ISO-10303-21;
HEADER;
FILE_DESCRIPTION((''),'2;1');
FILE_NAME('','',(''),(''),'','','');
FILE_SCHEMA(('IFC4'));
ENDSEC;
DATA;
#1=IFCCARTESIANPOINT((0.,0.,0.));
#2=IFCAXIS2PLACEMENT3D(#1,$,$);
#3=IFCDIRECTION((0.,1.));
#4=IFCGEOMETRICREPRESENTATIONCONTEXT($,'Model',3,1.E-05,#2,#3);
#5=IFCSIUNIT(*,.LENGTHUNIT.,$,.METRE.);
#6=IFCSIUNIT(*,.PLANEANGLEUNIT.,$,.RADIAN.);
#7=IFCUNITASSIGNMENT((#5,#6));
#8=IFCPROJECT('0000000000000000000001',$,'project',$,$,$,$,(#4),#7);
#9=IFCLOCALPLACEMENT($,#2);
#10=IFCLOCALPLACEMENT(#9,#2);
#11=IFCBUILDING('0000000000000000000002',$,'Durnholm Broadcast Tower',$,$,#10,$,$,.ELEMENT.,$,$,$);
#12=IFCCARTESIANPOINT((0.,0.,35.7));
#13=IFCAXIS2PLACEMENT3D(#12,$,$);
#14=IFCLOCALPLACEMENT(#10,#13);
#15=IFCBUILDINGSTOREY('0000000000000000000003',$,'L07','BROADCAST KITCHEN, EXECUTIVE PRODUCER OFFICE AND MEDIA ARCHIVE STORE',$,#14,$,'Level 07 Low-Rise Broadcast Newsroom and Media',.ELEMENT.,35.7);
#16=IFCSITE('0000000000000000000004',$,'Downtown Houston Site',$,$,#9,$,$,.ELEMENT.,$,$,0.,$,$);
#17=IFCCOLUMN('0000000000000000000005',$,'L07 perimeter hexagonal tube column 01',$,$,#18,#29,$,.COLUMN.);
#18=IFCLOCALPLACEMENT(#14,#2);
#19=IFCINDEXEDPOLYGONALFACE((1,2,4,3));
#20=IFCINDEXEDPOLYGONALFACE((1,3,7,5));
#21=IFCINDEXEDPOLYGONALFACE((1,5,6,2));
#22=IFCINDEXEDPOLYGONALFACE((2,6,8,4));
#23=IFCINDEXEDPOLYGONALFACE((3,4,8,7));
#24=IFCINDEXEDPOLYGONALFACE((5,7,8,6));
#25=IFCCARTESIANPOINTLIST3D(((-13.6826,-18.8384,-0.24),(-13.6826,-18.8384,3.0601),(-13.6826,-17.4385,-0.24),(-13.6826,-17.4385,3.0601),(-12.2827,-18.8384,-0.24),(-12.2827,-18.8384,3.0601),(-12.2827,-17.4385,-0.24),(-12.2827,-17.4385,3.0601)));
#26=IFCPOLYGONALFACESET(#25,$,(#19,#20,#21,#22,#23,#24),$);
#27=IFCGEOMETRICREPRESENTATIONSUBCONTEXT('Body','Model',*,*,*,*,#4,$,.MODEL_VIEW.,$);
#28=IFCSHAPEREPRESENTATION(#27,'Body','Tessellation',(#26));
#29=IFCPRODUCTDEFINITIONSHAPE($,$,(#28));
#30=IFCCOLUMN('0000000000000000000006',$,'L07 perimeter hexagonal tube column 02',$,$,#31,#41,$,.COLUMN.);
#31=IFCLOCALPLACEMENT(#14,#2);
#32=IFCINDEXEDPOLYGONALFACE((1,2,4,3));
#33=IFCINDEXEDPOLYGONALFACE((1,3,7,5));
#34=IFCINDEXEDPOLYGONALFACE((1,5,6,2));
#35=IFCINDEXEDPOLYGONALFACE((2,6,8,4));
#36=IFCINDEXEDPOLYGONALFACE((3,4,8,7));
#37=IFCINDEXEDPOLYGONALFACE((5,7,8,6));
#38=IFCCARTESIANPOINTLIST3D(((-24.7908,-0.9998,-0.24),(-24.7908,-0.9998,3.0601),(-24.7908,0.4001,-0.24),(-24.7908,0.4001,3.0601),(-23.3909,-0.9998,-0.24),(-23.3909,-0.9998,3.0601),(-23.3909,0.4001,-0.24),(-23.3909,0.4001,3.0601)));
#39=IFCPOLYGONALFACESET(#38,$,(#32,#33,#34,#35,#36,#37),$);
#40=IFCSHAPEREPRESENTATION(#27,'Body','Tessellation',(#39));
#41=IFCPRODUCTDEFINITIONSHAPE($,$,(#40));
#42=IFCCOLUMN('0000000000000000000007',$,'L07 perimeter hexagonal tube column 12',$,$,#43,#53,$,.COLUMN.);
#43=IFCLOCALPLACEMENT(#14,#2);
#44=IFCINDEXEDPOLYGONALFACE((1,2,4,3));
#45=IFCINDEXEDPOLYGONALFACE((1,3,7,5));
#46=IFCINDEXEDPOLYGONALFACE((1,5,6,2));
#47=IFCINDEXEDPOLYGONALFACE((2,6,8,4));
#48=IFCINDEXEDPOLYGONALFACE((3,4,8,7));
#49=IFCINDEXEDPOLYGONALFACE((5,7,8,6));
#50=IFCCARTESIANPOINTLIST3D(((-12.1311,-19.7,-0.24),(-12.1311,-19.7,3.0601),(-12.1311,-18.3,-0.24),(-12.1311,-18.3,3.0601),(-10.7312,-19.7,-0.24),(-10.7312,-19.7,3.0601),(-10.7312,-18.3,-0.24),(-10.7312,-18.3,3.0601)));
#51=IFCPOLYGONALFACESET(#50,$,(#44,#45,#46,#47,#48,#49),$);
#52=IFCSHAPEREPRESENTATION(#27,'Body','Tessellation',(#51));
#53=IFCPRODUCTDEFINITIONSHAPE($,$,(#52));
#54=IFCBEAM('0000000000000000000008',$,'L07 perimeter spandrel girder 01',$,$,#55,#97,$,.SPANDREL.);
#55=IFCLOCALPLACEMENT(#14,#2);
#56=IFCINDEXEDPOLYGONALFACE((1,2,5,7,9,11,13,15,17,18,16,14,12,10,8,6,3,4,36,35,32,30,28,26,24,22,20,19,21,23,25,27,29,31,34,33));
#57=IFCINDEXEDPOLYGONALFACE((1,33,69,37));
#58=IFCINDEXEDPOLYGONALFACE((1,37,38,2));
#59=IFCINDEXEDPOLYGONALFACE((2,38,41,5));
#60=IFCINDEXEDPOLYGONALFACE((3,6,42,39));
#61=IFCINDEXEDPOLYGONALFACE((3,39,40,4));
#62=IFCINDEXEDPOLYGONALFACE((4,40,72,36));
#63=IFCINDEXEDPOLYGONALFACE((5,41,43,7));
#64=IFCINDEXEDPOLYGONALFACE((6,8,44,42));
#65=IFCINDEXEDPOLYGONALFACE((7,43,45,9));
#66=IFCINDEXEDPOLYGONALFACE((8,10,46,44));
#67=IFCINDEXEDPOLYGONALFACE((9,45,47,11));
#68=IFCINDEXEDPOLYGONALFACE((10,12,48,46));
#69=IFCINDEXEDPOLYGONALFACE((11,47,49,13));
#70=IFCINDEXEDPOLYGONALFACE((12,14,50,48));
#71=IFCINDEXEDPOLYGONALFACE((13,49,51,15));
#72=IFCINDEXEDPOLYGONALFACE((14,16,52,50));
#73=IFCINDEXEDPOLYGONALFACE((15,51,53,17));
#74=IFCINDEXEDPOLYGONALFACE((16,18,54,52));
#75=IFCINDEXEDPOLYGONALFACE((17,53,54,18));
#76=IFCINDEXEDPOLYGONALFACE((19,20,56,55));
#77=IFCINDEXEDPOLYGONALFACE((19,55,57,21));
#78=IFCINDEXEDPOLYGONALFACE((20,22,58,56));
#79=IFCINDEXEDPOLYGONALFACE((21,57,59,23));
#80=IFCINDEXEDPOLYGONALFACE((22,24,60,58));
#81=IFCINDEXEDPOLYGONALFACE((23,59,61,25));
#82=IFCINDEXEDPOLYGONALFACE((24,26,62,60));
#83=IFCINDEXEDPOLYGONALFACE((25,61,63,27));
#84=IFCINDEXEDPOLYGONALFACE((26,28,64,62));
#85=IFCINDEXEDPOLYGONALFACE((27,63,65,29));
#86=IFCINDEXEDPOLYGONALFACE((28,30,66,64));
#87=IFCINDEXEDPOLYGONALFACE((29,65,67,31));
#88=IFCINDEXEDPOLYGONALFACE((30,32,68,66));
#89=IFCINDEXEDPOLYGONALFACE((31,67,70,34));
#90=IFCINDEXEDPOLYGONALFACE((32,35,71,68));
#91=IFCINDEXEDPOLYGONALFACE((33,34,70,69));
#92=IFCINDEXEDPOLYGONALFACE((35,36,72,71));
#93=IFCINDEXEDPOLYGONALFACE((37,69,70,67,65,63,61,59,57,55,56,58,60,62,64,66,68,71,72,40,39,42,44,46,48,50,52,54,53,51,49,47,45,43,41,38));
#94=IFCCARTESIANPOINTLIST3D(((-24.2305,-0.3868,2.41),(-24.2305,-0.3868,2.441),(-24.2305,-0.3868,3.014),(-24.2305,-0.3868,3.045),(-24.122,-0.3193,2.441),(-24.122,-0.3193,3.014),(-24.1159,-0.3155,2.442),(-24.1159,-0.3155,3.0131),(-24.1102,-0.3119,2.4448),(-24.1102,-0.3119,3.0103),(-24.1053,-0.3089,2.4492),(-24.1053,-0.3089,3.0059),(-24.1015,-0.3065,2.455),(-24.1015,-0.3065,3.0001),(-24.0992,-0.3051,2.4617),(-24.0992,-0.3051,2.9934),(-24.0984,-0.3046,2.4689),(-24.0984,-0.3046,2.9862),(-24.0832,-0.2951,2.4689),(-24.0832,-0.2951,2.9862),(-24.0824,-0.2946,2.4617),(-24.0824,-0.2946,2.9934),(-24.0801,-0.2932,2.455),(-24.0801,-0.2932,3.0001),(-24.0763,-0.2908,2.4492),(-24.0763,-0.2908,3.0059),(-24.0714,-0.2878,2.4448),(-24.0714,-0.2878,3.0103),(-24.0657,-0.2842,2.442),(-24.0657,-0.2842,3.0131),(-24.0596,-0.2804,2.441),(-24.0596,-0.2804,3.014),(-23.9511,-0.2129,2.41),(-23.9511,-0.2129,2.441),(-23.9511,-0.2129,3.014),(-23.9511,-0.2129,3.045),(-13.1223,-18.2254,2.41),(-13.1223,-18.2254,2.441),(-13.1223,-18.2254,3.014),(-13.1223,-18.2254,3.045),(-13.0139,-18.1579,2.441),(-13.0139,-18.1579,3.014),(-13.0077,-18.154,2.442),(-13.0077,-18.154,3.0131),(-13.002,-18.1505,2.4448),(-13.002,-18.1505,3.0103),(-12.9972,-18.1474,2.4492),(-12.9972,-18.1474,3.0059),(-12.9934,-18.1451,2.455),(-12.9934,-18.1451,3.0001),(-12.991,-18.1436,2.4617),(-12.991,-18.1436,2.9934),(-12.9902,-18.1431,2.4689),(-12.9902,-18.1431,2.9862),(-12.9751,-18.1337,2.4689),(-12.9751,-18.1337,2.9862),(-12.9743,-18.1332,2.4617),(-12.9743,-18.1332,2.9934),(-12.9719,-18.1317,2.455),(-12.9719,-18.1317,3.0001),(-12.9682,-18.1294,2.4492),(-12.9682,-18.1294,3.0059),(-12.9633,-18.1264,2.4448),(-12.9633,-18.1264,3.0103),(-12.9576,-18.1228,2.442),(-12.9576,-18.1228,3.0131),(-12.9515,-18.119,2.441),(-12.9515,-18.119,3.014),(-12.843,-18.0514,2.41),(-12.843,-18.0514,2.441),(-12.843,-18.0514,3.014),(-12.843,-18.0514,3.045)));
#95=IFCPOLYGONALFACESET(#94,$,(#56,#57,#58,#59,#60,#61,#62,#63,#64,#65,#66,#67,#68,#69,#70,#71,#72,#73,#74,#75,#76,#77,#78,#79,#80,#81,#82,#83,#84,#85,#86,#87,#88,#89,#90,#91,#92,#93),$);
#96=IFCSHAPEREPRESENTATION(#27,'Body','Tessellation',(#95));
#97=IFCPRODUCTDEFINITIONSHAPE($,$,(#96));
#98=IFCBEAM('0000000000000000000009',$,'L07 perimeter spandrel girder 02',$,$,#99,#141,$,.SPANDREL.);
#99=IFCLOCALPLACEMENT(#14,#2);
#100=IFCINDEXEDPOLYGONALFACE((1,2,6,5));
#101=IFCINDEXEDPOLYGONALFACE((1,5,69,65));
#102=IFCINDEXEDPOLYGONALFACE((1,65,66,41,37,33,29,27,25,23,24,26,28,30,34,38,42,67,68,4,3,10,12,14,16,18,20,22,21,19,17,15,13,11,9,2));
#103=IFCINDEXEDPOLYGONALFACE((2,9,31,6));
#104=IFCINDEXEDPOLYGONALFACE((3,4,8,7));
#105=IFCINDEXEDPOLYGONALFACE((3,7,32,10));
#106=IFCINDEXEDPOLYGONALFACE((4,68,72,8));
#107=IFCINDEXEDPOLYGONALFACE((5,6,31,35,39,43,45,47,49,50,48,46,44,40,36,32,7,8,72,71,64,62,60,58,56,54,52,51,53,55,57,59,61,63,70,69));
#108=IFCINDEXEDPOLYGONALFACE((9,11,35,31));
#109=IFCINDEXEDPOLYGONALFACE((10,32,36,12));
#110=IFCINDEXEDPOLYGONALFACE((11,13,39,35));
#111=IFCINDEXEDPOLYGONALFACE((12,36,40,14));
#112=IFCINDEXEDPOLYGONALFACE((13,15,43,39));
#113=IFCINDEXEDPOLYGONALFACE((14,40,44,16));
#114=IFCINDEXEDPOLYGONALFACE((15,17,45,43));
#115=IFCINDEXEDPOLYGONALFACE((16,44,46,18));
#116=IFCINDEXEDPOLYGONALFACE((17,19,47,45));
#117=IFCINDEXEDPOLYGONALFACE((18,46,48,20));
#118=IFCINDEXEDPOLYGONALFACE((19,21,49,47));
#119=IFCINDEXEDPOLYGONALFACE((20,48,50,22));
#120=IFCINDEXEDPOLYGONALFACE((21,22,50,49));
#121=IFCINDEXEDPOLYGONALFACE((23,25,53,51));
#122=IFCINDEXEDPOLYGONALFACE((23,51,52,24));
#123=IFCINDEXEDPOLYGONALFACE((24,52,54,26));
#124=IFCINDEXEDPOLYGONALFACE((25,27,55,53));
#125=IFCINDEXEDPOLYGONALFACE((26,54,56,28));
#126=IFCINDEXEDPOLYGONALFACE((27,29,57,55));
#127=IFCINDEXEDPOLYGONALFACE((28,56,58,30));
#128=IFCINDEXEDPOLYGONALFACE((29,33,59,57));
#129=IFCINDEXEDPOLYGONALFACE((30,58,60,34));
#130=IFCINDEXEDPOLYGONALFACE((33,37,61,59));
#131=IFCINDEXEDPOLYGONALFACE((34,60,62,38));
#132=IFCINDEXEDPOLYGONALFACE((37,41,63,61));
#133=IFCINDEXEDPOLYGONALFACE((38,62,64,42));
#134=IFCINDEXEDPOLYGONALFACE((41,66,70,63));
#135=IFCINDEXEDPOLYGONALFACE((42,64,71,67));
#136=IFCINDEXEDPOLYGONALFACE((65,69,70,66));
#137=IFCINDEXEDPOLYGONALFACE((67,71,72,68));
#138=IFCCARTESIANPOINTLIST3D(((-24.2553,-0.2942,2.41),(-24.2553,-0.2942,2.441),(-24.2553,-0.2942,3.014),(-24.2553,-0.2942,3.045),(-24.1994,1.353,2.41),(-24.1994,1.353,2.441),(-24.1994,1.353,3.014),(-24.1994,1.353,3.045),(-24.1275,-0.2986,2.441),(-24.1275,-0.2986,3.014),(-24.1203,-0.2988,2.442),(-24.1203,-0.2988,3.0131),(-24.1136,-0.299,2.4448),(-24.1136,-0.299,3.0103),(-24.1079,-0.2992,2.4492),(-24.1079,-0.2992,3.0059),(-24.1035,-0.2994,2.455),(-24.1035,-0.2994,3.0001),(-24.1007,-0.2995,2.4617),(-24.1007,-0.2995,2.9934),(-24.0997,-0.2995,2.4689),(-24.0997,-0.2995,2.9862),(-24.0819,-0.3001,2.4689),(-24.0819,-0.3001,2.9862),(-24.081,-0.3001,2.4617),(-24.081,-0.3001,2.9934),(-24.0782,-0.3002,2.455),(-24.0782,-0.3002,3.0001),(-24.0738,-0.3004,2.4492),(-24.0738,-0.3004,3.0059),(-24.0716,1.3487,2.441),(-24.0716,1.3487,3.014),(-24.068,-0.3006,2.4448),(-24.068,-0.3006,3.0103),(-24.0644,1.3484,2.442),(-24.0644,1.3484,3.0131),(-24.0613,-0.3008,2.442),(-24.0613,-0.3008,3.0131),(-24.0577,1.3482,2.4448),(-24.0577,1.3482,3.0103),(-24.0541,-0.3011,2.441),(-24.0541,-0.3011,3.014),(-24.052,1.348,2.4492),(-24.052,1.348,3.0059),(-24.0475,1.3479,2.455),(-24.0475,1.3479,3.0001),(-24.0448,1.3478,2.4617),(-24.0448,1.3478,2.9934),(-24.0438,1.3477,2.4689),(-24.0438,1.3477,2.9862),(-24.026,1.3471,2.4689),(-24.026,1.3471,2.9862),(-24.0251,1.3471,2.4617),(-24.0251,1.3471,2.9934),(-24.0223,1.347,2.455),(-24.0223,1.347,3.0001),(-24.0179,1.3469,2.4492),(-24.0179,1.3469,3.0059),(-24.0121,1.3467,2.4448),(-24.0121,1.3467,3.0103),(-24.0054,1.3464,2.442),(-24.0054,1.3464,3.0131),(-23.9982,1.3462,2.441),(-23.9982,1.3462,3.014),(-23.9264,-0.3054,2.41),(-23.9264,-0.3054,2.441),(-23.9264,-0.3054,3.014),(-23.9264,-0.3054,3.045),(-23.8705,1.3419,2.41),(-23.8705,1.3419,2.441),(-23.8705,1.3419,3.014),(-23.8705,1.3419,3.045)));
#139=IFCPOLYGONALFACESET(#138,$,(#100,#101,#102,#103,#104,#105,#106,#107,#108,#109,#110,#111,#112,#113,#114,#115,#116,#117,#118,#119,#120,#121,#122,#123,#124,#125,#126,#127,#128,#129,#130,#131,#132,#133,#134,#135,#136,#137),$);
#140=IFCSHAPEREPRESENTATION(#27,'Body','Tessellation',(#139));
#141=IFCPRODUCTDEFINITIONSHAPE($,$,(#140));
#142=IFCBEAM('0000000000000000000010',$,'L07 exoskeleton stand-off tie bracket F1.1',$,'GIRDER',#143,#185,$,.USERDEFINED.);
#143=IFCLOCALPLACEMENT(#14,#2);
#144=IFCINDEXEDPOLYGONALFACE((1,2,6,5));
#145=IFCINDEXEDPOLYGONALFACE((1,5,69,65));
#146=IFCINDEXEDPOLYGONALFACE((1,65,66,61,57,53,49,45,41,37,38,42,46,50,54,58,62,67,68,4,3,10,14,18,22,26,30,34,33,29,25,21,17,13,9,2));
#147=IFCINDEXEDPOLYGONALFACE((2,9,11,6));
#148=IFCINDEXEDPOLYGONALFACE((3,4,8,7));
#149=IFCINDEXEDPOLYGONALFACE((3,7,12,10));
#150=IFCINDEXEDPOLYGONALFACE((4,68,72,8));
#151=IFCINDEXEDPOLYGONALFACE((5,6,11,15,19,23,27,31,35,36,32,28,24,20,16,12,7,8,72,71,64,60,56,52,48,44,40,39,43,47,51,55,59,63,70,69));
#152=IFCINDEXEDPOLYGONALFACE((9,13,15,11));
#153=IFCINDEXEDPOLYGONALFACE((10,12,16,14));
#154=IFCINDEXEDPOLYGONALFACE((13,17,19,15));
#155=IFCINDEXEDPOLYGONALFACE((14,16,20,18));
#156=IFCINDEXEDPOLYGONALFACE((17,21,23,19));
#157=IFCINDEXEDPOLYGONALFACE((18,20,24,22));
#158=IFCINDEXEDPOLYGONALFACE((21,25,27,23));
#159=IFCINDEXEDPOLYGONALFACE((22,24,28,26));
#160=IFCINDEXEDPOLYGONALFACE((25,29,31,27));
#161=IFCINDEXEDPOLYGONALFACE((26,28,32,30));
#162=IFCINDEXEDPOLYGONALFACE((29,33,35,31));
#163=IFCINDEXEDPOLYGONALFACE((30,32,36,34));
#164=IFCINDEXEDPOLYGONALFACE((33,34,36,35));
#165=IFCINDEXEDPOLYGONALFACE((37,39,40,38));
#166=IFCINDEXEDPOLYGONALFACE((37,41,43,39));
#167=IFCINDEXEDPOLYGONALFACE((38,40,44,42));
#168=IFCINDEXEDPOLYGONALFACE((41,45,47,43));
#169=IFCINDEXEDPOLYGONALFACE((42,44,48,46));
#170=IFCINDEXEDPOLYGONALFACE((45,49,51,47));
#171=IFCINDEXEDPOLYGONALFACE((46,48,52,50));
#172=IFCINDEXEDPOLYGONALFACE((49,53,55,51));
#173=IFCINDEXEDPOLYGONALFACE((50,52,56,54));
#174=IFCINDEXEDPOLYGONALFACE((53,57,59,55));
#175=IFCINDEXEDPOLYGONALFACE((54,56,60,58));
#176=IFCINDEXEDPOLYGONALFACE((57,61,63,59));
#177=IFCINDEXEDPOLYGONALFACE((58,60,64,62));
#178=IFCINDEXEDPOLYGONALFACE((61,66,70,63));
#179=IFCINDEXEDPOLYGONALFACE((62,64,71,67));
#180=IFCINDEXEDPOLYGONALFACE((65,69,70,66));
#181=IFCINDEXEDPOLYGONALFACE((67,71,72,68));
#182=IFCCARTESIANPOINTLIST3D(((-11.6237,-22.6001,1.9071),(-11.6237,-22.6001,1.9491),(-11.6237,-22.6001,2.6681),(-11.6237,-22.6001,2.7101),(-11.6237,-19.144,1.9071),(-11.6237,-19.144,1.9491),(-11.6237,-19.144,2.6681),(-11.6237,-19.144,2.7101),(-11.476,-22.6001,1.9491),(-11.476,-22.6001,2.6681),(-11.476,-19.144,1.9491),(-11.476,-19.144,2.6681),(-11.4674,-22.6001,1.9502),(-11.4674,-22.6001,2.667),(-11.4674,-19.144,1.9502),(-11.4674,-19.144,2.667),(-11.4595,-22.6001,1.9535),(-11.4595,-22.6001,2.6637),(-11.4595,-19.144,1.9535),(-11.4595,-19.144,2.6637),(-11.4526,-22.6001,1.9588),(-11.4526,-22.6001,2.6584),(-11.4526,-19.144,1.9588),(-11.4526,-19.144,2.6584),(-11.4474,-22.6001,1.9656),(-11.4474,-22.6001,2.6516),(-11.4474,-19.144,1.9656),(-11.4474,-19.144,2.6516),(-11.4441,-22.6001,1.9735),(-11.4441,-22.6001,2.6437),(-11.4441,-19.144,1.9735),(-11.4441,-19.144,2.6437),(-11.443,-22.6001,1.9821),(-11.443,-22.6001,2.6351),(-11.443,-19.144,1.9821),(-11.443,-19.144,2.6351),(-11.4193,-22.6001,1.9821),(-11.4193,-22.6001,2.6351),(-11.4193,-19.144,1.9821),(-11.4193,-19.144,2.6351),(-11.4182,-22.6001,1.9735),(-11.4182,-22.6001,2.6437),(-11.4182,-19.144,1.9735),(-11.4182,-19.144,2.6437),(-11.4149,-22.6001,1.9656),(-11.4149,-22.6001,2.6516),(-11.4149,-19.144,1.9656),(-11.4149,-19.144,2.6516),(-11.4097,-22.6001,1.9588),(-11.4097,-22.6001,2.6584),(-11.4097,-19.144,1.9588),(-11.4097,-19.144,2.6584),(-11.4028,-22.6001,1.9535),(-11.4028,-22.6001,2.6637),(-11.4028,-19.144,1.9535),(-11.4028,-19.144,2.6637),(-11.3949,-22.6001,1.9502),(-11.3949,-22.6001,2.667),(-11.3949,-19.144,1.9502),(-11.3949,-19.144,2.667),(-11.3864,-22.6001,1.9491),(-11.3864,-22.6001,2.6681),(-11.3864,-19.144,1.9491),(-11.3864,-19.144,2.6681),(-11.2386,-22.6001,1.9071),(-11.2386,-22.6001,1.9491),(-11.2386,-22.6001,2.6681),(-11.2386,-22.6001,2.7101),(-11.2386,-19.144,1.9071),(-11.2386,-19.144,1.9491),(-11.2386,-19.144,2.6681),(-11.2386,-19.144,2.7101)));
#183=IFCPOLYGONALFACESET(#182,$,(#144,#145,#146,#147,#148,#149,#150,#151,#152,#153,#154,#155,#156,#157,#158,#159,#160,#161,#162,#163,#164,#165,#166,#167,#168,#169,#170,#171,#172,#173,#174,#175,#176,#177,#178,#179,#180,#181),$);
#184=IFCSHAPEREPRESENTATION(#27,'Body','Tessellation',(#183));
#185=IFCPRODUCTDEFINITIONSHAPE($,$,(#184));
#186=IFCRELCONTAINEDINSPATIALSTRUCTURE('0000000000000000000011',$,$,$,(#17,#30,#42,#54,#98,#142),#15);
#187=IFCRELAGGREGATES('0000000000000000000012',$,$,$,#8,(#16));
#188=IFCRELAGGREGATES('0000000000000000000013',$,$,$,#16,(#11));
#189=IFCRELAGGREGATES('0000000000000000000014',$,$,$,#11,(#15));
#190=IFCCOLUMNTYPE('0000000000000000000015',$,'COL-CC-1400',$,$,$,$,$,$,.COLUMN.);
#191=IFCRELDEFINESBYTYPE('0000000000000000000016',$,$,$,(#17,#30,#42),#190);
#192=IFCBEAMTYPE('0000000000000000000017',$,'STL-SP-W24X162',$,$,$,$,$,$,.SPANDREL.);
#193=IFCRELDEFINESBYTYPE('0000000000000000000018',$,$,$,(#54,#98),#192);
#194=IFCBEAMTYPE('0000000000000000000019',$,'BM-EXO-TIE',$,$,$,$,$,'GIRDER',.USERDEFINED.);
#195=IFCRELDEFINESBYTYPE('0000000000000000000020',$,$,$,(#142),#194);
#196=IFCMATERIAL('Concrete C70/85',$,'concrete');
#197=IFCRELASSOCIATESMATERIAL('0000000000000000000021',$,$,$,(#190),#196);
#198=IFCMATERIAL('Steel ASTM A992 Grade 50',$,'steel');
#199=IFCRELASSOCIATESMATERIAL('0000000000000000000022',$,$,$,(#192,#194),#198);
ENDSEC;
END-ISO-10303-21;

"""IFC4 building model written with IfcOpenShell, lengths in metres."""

from ifc_helpers import new_model, si_unit, direction, frame, origin, origin_2d, place, context, subcontext, project, spatial, rectangle, i_section, extrude, source, transform, mapped, material, material_profile, profile_set, type_object, type_shapes, element, save


model = new_model("IFC4")

# Units and contexts
model_context = context("Model", 3, precision=1e-05, world=origin(), true_north=direction((0.0, 1.0)))
body_context = subcontext(model_context, "Body", "Model", "MODEL_VIEW")
ifc_project = project(units=[si_unit("LENGTHUNIT", "METRE"), si_unit("PLANEANGLEUNIT", "RADIAN")], contexts=[model_context])

# Site, building, storey
site_placement = place(None, origin())
site = spatial("IfcSite", under=ifc_project, at=site_placement, Name="Downtown Houston Site", CompositionType="ELEMENT", RefElevation=0.0)
building_placement = place(site_placement, origin())
building = spatial("IfcBuilding", under=site, at=building_placement, Name="Durnholm Broadcast Tower", CompositionType="ELEMENT")
storey_placement = place(building_placement, frame((0.0, 0.0, 35.7)))
storey = spatial("IfcBuildingStorey", under=building, at=storey_placement, Name="L07", Description="BROADCAST KITCHEN, EXECUTIVE PRODUCER OFFICE AND MEDIA ARCHIVE STORE", LongName="Level 07 Low-Rise Broadcast Newsroom and Media", CompositionType="ELEMENT", Elevation=35.7)

# Columns
ifc_material_1 = material(Name="Concrete C70/85", Category="concrete")
ifc_material_profile_1 = material_profile(ifc_material_1, rectangle(XDim=1.3999, YDim=1.3999, at=origin_2d()), Name="RC1400X1400")
ifc_profile_set_1 = profile_set([ifc_material_profile_1], Name="Concrete C70/85")
column_type = type_object("IfcColumnType", Name="COL-CC-1400", PredefinedType="COLUMN", material=ifc_profile_set_1)
shared_shape_1 = source(origin(), body_context, "Body", "SweptSolid", [
    extrude(rectangle(XDim=1.3999, YDim=1.3999, at=origin_2d()), origin(), (0.0, 0.0, 1.0), 3.3),
])
type_shapes(column_type, [shared_shape_1])
for number, where, z_axis, x_axis, name in (
    (1, (-12.9827, -18.1384, -0.24), (0.0, 0.0, 1.0), (1.0, 0.0, 0.0), "L07 perimeter hexagonal tube column 01"),
    (2, (-24.0908, -0.2998, -0.24), (0.0, 0.0, 1.0), (1.0, 0.0, 0.0), "L07 perimeter hexagonal tube column 02"),
    (3, (-11.4312, -19.0, -0.24), (0.0, 0.0, 1.0), (1.0, 0.0, 0.0), "L07 perimeter hexagonal tube column 12"),
):
    element("IfcColumn", number, at=place(storey_placement, frame(where, z_axis=z_axis, x_axis=x_axis)), inside=storey, type_object=column_type, Name=name, PredefinedType="COLUMN", context=body_context, shape_type="MappedRepresentation", body=[
        mapped(shared_shape_1, transform((0.0, 0.0, 0.0), x_axis=(1.0, 0.0, 0.0), y_axis=(0.0, 1.0, 0.0), z_axis=(0.0, 0.0, 1.0), scale=1.0)),
    ])

# Beams
ifc_material_2 = material(Name="Steel ASTM A992 Grade 50", Category="steel")
ifc_material_profile_2 = material_profile(ifc_material_2, i_section(OverallWidth=0.3291, OverallDepth=0.635, WebThickness=0.0178, FlangeThickness=0.031, FilletRadius=0.0278, at=origin_2d()), Name="W24X162")
ifc_profile_set_2 = profile_set([ifc_material_profile_2], Name="Steel ASTM A992 Grade 50")
beam_type_1 = type_object("IfcBeamType", Name="STL-SP-W24X162", PredefinedType="SPANDREL", material=ifc_profile_set_2)
shared_shape_2 = source(origin(), body_context, "Body", "SweptSolid", [
    extrude(i_section(OverallWidth=0.3291, OverallDepth=0.635, WebThickness=0.0178, FlangeThickness=0.031, FilletRadius=0.0278, at=origin_2d()), origin(), (0.0, 0.0, 1.0), 21.0144),
])
beam_1_placement = place(storey_placement, frame((-12.9827, -18.1384, 2.7275), z_axis=(-0.528596, 0.848874, 0.0), x_axis=(-0.848874, -0.528596, 0.0)))
element("IfcBeam", 4, at=beam_1_placement, inside=storey, type_object=beam_type_1, Name="L07 perimeter spandrel girder 01", PredefinedType="SPANDREL", context=body_context, shape_type="MappedRepresentation", body=[
    mapped(shared_shape_2, transform((0.0, 0.0, 0.0), x_axis=(1.0, 0.0, 0.0), y_axis=(0.0, 1.0, 0.0), z_axis=(0.0, 0.0, 1.0), scale=1.0)),
])
shared_shape_3 = source(origin(), body_context, "Body", "SweptSolid", [
    extrude(i_section(OverallWidth=0.3291, OverallDepth=0.635, WebThickness=0.0178, FlangeThickness=0.031, FilletRadius=0.0278, at=origin_2d()), origin(), (0.0, 0.0, 1.0), 1.6482),
])
type_shapes(beam_type_1, [shared_shape_2, shared_shape_3])
beam_2_placement = place(storey_placement, frame((-24.0908, -0.2998, 2.7275), z_axis=(0.033921, 0.999425, 0.0), x_axis=(-0.999425, 0.033921, 0.0)))
element("IfcBeam", 5, at=beam_2_placement, inside=storey, type_object=beam_type_1, Name="L07 perimeter spandrel girder 02", PredefinedType="SPANDREL", context=body_context, shape_type="MappedRepresentation", body=[
    mapped(shared_shape_3, transform((0.0, 0.0, 0.0), x_axis=(1.0, 0.0, 0.0), y_axis=(0.0, 1.0, 0.0), z_axis=(0.0, 0.0, 1.0), scale=1.0)),
])
ifc_material_profile_3 = material_profile(ifc_material_2, i_section(OverallWidth=0.385, OverallDepth=0.803, WebThickness=0.0237, FlangeThickness=0.042, FilletRadius=0.033, at=origin_2d()), Name="W30X261")
ifc_profile_set_3 = profile_set([ifc_material_profile_3], Name="Steel ASTM A992 Grade 50")
beam_type_2 = type_object("IfcBeamType", Name="BM-EXO-TIE", ElementType="GIRDER", PredefinedType="USERDEFINED", material=ifc_profile_set_3)
shared_shape_4 = source(origin(), body_context, "Body", "SweptSolid", [
    extrude(i_section(OverallWidth=0.385, OverallDepth=0.803, WebThickness=0.0237, FlangeThickness=0.042, FilletRadius=0.033, at=origin_2d()), origin(), (0.0, 0.0, 1.0), 3.4561),
])
for number, where, z_axis, x_axis, name in (
    (6, (-11.4312, -19.144, 2.3086), (0.0, -1.0, 0.0), (1.0, 0.0, 0.0), "L07 exoskeleton stand-off tie bracket F1.1"),
):
    element("IfcBeam", number, at=place(storey_placement, frame(where, z_axis=z_axis, x_axis=x_axis)), inside=storey, type_object=beam_type_2, Name=name, ObjectType="GIRDER", PredefinedType="USERDEFINED", context=body_context, shape_type="MappedRepresentation", body=[
        mapped(shared_shape_4, transform((0.0, 0.0, 0.0), x_axis=(1.0, 0.0, 0.0), y_axis=(0.0, 1.0, 0.0), z_axis=(0.0, 0.0, 1.0), scale=1.0)),
    ])

save(model, "model.ifc")
